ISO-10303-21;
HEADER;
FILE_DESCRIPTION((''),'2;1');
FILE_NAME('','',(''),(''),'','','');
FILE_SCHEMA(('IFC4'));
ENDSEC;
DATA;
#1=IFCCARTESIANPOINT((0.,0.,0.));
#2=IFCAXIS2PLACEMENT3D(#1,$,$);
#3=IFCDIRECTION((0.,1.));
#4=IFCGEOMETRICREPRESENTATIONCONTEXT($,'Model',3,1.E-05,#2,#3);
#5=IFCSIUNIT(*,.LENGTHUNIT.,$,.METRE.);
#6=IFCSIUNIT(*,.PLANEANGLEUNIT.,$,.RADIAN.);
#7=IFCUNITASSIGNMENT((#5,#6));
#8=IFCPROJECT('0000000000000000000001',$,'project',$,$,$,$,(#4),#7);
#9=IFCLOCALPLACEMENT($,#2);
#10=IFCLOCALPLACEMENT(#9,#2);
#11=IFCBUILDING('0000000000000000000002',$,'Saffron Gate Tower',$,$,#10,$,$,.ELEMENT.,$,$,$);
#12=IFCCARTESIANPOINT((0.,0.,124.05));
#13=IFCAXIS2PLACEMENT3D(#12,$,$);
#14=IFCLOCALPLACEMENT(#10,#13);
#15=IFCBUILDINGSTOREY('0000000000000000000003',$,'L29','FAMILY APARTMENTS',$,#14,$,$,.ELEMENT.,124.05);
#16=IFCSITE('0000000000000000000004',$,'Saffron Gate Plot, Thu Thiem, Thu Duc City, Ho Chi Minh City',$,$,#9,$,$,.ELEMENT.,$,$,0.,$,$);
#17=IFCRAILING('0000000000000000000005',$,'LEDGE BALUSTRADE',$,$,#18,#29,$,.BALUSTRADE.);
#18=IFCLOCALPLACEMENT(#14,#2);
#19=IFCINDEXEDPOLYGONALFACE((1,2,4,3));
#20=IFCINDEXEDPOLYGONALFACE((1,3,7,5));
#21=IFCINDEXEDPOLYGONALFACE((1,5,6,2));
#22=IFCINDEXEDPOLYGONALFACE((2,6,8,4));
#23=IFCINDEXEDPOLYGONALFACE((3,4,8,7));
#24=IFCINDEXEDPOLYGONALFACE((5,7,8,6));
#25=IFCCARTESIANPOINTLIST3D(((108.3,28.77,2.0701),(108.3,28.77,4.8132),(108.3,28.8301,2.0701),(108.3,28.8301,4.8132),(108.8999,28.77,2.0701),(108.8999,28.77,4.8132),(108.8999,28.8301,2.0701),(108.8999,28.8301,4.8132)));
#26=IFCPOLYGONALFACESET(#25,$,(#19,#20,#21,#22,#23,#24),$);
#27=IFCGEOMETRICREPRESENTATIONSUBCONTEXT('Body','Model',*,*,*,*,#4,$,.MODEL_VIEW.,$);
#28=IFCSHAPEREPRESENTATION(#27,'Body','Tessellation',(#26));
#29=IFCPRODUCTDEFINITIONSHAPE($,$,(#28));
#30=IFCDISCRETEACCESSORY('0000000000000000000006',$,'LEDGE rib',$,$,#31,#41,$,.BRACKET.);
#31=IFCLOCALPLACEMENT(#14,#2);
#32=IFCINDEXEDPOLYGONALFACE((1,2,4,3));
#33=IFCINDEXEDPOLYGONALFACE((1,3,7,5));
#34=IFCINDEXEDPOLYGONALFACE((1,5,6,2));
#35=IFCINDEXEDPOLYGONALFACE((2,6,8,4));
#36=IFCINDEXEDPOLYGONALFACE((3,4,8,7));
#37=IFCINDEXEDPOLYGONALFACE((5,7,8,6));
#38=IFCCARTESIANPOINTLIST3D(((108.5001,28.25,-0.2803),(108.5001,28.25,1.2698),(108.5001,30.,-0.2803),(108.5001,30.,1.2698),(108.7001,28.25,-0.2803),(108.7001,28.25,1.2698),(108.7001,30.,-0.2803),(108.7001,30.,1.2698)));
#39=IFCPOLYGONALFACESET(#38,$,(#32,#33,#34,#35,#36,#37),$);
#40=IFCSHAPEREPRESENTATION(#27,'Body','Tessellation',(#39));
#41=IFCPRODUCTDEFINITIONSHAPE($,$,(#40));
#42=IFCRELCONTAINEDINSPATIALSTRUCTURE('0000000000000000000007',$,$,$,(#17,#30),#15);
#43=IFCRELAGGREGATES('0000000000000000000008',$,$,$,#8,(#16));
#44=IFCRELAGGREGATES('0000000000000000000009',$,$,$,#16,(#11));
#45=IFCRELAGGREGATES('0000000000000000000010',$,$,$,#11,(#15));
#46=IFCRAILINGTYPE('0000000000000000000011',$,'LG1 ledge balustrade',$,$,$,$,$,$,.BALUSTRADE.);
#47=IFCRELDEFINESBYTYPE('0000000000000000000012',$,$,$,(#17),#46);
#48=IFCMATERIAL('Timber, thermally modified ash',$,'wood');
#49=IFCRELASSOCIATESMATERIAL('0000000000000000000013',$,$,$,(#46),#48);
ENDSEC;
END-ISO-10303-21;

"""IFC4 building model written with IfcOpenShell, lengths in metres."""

from ifc_helpers import new_model, si_unit, direction, frame, origin, origin_2d, place, context, subcontext, project, spatial, rectangle, extrude, material, type_object, element, save


model = new_model("IFC4")

# Units and contexts
model_context = context("Model", 3, precision=1e-05, world=origin(), true_north=direction((0.0, 1.0)))
body_context = subcontext(model_context, "Body", "Model", "MODEL_VIEW")
ifc_project = project(units=[si_unit("LENGTHUNIT", "METRE"), si_unit("PLANEANGLEUNIT", "RADIAN")], contexts=[model_context])

# Site, building, storey
site_placement = place(None, origin())
site = spatial("IfcSite", under=ifc_project, at=site_placement, Name="Saffron Gate Plot, Thu Thiem, Thu Duc City, Ho Chi Minh City", CompositionType="ELEMENT", RefElevation=0.0)
building_placement = place(site_placement, origin())
building = spatial("IfcBuilding", under=site, at=building_placement, Name="Saffron Gate Tower", CompositionType="ELEMENT")
storey_placement = place(building_placement, frame((0.0, 0.0, 124.05)))
storey = spatial("IfcBuildingStorey", under=building, at=storey_placement, Name="L29", Description="FAMILY APARTMENTS", CompositionType="ELEMENT", Elevation=124.05)

# Shared definitions
ifc_material_1 = material(Name="Timber, thermally modified ash", Category="wood")

# Railing
railing_type_1 = type_object("IfcRailingType", Name="LG1 ledge balustrade", PredefinedType="BALUSTRADE", material=ifc_material_1)
railing_1_placement = place(storey_placement, frame((108.3, 28.8, 2.0701)))
element("IfcRailing", 1, at=railing_1_placement, inside=storey, type_object=railing_type_1, Name="LEDGE BALUSTRADE", PredefinedType="BALUSTRADE", context=body_context, shape_type="SweptSolid", body=[
    extrude(rectangle(XDim=0.0601, YDim=2.7432, at=origin_2d()), frame((0.0, 0.0, 1.3716), z_axis=(1.0, 0.0, 0.0), x_axis=(0.0, 1.0, 0.0)), (0.0, 0.0, 1.0), 0.5999),
])

# Discrete accessory
discrete_accessory_placement = place(storey_placement, frame((108.6001, 29.125, -0.2803), z_axis=(0.0, 0.0, 1.0), x_axis=(1.0, 0.0, 0.0)))
element("IfcDiscreteAccessory", 2, at=discrete_accessory_placement, inside=storey, Name="LEDGE rib", PredefinedType="BRACKET", context=body_context, shape_type="SweptSolid", body=[
    extrude(rectangle(XDim=0.2, YDim=1.75, at=origin_2d()), origin(), (0.0, 0.0, 1.0), 1.55),
])

save(model, "model.ifc")
